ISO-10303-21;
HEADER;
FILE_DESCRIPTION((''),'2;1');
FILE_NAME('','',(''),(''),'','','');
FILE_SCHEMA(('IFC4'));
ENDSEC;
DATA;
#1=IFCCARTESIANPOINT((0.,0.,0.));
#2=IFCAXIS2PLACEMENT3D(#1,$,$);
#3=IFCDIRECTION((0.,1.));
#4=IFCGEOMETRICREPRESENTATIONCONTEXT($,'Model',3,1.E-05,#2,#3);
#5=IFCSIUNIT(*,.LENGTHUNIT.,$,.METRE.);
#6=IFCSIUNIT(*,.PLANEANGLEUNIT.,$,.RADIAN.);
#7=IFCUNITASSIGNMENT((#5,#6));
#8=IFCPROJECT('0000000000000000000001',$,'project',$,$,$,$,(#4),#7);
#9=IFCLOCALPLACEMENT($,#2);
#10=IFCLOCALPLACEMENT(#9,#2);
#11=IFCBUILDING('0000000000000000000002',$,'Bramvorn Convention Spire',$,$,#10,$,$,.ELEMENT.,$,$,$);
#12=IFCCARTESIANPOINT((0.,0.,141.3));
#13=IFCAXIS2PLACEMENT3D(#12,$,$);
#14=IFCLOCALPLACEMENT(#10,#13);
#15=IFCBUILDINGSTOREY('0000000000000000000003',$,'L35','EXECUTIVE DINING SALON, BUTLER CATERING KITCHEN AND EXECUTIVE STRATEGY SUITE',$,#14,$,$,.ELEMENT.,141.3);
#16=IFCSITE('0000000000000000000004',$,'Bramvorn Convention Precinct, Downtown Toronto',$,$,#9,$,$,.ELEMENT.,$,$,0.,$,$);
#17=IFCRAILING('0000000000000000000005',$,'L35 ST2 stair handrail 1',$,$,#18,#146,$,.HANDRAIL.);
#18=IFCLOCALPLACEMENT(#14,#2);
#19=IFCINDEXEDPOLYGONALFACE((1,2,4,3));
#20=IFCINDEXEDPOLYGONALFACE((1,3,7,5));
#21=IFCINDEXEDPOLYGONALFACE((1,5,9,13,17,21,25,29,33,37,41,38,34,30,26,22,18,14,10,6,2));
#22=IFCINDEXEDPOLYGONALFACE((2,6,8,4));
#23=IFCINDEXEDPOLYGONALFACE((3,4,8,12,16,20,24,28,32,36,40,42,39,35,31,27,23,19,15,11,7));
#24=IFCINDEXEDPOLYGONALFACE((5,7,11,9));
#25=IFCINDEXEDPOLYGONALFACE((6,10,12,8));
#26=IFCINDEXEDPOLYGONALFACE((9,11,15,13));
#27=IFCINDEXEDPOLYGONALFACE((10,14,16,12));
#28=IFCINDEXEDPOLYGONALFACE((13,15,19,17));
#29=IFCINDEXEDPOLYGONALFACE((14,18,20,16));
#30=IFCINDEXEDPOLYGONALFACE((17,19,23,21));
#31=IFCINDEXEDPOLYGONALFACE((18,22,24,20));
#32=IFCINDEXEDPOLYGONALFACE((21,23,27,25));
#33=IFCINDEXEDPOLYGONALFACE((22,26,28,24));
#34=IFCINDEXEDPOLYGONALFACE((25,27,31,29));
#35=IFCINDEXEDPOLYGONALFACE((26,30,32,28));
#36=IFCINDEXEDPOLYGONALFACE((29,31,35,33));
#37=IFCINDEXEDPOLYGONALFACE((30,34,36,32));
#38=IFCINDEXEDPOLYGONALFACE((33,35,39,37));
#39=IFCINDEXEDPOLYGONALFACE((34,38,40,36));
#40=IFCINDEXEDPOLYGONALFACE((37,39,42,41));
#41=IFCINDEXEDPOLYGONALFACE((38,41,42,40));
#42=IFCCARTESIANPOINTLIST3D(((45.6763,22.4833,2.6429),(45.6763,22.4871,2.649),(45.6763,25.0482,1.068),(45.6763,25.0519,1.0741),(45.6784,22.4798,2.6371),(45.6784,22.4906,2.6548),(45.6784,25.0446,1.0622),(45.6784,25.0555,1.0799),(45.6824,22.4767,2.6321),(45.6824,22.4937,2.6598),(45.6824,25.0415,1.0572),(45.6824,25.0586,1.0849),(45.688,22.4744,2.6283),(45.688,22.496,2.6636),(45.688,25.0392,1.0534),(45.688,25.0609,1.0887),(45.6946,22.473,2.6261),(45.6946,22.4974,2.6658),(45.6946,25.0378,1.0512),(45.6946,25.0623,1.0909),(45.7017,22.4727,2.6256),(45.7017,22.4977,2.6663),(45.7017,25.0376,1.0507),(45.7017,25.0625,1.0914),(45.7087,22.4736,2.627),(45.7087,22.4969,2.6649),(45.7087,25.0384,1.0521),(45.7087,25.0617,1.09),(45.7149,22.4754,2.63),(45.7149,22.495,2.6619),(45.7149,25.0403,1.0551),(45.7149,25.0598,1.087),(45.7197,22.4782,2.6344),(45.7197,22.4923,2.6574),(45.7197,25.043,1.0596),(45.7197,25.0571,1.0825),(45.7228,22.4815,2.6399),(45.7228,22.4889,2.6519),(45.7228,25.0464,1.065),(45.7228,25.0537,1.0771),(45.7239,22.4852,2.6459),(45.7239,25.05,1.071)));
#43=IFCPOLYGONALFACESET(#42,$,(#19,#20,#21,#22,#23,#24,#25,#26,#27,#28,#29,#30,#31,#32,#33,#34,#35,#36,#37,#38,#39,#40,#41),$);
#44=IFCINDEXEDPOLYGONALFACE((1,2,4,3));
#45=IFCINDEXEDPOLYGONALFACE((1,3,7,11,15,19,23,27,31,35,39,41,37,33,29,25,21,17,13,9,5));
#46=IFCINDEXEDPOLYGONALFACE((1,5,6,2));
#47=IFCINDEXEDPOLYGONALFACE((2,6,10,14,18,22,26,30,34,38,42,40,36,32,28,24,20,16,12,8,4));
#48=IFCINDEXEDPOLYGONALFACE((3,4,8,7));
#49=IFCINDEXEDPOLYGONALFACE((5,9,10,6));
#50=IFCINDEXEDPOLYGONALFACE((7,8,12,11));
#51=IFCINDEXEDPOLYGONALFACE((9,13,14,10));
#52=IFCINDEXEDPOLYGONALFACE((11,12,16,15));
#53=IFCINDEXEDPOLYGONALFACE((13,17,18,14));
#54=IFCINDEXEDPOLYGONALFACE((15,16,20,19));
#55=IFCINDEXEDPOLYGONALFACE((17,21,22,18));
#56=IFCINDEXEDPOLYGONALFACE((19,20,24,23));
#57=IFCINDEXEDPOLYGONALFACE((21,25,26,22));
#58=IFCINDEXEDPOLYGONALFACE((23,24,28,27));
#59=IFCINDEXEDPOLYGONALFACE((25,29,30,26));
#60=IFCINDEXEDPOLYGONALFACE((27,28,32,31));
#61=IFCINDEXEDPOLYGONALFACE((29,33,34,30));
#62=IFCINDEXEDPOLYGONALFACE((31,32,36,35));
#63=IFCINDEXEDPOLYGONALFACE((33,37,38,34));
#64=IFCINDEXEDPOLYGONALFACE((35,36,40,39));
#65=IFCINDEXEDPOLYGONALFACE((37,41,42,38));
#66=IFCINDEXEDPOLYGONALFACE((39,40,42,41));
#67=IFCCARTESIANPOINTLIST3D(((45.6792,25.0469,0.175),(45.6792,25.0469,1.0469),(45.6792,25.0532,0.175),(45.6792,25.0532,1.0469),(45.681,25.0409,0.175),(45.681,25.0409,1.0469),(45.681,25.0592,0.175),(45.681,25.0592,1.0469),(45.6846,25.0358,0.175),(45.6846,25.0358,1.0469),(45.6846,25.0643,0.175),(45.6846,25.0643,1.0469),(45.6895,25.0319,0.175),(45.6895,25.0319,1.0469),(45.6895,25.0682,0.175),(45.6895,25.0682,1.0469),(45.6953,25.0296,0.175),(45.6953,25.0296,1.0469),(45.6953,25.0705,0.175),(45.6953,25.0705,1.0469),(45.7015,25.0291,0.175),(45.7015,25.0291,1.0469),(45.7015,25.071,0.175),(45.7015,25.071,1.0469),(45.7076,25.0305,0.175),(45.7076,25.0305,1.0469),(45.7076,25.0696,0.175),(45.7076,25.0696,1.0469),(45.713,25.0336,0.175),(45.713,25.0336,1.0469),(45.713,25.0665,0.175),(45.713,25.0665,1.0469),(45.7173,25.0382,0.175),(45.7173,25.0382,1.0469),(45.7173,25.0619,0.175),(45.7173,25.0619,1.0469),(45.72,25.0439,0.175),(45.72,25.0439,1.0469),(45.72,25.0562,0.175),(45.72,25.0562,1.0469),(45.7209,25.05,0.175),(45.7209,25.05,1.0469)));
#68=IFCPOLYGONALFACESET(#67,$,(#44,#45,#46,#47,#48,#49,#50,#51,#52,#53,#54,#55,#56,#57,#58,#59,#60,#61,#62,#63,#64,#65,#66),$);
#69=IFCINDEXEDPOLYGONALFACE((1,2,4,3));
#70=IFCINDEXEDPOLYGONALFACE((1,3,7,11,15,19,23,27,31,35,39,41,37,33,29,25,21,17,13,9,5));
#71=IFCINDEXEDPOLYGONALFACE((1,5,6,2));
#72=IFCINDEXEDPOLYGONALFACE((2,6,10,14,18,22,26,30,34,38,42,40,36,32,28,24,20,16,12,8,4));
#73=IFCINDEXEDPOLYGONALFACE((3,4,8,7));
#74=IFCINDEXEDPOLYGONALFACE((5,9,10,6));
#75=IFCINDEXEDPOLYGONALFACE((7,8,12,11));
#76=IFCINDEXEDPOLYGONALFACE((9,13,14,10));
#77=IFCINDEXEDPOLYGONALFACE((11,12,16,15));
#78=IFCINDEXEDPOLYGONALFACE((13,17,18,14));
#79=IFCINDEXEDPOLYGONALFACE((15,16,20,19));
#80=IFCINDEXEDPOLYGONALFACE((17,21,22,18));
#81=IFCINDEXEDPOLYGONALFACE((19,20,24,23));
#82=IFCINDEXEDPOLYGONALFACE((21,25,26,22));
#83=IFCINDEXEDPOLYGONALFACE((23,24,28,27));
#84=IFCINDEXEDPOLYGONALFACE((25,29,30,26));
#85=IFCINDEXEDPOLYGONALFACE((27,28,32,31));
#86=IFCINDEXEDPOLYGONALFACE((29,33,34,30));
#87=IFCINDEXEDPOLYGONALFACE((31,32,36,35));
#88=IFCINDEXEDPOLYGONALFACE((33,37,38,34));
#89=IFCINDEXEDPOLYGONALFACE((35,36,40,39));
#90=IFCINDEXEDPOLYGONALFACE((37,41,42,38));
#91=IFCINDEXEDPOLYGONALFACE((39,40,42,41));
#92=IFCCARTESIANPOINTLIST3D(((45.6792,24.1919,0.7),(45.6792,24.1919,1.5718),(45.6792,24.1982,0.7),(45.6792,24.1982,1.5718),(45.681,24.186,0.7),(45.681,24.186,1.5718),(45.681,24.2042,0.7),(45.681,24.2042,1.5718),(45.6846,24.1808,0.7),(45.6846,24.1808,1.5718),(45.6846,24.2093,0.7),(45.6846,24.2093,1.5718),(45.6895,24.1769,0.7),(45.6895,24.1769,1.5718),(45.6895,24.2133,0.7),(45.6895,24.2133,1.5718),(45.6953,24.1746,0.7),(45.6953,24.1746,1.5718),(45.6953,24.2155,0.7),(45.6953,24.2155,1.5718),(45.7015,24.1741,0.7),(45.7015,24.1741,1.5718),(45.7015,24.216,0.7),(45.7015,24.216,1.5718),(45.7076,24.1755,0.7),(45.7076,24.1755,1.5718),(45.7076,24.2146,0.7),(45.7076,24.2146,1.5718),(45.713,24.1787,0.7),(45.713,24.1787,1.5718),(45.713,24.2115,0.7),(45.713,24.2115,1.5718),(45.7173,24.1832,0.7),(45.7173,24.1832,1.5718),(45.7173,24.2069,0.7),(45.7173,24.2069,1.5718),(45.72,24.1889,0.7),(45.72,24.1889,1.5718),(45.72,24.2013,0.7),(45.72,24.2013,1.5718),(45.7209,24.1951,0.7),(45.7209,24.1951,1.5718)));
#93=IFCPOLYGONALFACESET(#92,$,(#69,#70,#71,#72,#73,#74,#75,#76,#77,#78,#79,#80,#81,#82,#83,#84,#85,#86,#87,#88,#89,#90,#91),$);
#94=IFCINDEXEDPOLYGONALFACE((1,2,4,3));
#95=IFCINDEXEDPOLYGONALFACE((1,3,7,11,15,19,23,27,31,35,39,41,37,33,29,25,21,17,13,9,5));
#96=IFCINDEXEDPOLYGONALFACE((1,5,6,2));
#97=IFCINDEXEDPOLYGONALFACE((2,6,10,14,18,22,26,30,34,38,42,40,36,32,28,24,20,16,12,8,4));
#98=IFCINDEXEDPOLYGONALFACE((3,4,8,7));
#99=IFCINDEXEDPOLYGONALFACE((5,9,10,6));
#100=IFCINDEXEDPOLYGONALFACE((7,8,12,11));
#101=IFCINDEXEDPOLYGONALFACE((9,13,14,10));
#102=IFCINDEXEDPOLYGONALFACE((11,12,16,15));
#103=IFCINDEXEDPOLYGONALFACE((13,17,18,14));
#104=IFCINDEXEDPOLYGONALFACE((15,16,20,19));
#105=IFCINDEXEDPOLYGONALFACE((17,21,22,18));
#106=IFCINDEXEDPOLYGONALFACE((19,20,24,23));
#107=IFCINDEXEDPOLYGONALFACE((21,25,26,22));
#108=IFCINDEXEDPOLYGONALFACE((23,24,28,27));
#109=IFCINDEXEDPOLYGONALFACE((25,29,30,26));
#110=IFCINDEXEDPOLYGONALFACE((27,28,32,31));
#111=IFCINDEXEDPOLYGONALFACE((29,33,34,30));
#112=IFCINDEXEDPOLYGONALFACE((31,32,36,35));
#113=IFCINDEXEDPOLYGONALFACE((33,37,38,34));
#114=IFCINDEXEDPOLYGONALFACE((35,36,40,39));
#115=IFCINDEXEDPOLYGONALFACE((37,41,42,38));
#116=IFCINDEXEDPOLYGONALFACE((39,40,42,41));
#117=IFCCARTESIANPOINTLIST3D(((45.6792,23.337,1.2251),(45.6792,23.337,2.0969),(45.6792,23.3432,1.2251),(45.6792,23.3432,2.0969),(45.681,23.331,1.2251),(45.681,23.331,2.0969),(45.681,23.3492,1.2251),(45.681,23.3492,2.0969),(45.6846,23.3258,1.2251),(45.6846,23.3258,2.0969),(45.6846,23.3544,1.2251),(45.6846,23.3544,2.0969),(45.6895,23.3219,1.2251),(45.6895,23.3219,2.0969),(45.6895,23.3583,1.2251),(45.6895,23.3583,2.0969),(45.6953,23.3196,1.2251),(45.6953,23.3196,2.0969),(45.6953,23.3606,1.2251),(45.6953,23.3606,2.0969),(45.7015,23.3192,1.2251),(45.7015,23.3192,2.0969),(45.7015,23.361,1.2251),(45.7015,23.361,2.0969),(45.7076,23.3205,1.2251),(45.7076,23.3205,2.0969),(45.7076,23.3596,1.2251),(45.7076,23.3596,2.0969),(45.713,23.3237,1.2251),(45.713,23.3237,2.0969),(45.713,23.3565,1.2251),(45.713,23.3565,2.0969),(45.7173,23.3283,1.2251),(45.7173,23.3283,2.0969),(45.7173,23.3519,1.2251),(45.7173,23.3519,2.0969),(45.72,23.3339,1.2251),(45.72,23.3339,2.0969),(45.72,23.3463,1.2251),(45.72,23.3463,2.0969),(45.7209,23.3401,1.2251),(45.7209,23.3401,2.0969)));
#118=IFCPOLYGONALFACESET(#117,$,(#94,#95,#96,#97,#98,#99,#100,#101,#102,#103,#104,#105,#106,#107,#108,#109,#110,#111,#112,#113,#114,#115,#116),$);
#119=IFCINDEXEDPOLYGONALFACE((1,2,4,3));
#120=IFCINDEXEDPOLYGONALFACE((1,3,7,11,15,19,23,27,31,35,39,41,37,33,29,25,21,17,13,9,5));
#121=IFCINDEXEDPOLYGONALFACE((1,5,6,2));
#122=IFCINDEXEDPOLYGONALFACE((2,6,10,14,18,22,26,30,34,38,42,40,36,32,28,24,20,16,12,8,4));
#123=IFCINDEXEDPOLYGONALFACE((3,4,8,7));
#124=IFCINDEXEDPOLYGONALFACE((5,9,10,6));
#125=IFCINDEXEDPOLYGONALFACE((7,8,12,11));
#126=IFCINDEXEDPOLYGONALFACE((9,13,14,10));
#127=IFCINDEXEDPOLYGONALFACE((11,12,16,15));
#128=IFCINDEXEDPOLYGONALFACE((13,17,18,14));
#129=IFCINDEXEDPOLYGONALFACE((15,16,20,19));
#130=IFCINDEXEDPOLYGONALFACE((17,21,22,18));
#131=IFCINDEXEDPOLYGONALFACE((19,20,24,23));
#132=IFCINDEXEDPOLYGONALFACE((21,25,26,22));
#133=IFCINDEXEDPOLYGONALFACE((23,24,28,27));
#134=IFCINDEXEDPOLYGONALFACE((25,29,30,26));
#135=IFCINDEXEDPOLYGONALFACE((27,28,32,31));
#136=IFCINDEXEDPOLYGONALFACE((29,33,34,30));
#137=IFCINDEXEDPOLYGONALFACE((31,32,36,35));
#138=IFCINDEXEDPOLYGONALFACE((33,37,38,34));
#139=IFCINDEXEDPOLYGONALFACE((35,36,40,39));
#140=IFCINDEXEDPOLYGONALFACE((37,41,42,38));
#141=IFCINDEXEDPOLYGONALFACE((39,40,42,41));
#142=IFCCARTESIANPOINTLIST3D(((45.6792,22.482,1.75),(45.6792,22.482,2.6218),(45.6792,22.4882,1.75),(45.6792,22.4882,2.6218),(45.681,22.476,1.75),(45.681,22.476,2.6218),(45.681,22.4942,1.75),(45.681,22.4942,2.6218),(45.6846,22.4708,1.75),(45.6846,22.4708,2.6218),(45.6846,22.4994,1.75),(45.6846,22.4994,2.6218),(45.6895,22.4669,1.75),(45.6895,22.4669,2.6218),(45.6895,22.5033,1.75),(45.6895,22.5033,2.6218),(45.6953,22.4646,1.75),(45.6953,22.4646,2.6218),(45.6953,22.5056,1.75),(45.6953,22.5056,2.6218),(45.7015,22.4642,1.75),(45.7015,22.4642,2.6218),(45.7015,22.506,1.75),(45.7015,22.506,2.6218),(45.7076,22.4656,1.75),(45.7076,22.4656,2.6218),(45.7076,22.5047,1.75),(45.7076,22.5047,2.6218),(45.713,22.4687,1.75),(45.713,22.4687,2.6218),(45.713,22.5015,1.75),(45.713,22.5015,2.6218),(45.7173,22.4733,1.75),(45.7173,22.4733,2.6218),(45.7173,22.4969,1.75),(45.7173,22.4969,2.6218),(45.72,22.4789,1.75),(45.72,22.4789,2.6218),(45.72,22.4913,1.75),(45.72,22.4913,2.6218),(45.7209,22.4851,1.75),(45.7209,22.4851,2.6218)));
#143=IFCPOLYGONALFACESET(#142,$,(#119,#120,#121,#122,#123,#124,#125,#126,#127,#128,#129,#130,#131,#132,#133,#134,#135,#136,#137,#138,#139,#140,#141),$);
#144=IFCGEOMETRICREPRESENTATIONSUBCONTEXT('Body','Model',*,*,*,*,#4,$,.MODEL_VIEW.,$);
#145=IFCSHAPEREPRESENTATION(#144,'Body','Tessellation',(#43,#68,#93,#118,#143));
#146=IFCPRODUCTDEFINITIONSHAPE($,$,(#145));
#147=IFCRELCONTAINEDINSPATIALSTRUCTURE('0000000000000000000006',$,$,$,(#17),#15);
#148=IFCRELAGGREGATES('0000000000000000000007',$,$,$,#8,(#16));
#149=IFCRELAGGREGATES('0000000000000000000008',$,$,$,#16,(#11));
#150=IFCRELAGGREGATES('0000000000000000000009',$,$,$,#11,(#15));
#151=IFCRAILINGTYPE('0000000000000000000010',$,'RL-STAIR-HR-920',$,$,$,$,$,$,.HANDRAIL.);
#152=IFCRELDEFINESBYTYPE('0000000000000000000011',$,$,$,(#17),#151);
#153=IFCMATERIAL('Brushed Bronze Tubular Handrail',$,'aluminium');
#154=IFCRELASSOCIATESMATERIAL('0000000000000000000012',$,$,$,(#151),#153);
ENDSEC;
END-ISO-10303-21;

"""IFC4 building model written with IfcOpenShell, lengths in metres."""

from ifc_helpers import new_model, si_unit, direction, frame, origin, origin_2d, place, context, subcontext, project, spatial, circle, extrude, material, type_object, element, save


model = new_model("IFC4")

# Units and contexts
model_context = context("Model", 3, precision=1e-05, world=origin(), true_north=direction((0.0, 1.0)))
body_context = subcontext(model_context, "Body", "Model", "MODEL_VIEW")
ifc_project = project(units=[si_unit("LENGTHUNIT", "METRE"), si_unit("PLANEANGLEUNIT", "RADIAN")], contexts=[model_context])

# Site, building, storey
site_placement = place(None, origin())
site = spatial("IfcSite", under=ifc_project, at=site_placement, Name="Bramvorn Convention Precinct, Downtown Toronto", CompositionType="ELEMENT", RefElevation=0.0)
building_placement = place(site_placement, origin())
building = spatial("IfcBuilding", under=site, at=building_placement, Name="Bramvorn Convention Spire", CompositionType="ELEMENT")
storey_placement = place(building_placement, frame((0.0, 0.0, 141.3)))
storey = spatial("IfcBuildingStorey", under=building, at=storey_placement, Name="L35", Description="EXECUTIVE DINING SALON, BUTLER CATERING KITCHEN AND EXECUTIVE STRATEGY SUITE", CompositionType="ELEMENT", Elevation=141.3)

# Railing
ifc_material_1 = material(Name="Brushed Bronze Tubular Handrail", Category="aluminium")
railing_type_1 = type_object("IfcRailingType", Name="RL-STAIR-HR-920", PredefinedType="HANDRAIL", material=ifc_material_1)
railing_1_placement = place(storey_placement, frame((45.7, 25.05, 0.175)))
element("IfcRailing", 1, at=railing_1_placement, inside=storey, type_object=railing_type_1, Name="L35 ST2 stair handrail 1", PredefinedType="HANDRAIL", context=body_context, shape_type="SweptSolid", body=[
    extrude(circle(Radius=0.0239, at=origin_2d()), frame((0.0, 0.0, 0.896), z_axis=(0.0, -0.852173, 0.52326), x_axis=(1.0, 0.0, 0.0)), (0.0, 0.0, 1.0), 3.0098),
    extrude(circle(Radius=0.021, at=origin_2d()), origin(), (0.0, 0.0, 1.0), 0.8718),
    extrude(circle(Radius=0.021, at=origin_2d()), frame((0.0, -0.855, 0.5249)), (0.0, 0.0, 1.0), 0.8718),
    extrude(circle(Radius=0.021, at=origin_2d()), frame((0.0, -1.71, 1.05)), (0.0, 0.0, 1.0), 0.8718),
    extrude(circle(Radius=0.021, at=origin_2d()), frame((0.0, -2.5649, 1.575)), (0.0, 0.0, 1.0), 0.8718),
])

save(model, "model.ifc")
